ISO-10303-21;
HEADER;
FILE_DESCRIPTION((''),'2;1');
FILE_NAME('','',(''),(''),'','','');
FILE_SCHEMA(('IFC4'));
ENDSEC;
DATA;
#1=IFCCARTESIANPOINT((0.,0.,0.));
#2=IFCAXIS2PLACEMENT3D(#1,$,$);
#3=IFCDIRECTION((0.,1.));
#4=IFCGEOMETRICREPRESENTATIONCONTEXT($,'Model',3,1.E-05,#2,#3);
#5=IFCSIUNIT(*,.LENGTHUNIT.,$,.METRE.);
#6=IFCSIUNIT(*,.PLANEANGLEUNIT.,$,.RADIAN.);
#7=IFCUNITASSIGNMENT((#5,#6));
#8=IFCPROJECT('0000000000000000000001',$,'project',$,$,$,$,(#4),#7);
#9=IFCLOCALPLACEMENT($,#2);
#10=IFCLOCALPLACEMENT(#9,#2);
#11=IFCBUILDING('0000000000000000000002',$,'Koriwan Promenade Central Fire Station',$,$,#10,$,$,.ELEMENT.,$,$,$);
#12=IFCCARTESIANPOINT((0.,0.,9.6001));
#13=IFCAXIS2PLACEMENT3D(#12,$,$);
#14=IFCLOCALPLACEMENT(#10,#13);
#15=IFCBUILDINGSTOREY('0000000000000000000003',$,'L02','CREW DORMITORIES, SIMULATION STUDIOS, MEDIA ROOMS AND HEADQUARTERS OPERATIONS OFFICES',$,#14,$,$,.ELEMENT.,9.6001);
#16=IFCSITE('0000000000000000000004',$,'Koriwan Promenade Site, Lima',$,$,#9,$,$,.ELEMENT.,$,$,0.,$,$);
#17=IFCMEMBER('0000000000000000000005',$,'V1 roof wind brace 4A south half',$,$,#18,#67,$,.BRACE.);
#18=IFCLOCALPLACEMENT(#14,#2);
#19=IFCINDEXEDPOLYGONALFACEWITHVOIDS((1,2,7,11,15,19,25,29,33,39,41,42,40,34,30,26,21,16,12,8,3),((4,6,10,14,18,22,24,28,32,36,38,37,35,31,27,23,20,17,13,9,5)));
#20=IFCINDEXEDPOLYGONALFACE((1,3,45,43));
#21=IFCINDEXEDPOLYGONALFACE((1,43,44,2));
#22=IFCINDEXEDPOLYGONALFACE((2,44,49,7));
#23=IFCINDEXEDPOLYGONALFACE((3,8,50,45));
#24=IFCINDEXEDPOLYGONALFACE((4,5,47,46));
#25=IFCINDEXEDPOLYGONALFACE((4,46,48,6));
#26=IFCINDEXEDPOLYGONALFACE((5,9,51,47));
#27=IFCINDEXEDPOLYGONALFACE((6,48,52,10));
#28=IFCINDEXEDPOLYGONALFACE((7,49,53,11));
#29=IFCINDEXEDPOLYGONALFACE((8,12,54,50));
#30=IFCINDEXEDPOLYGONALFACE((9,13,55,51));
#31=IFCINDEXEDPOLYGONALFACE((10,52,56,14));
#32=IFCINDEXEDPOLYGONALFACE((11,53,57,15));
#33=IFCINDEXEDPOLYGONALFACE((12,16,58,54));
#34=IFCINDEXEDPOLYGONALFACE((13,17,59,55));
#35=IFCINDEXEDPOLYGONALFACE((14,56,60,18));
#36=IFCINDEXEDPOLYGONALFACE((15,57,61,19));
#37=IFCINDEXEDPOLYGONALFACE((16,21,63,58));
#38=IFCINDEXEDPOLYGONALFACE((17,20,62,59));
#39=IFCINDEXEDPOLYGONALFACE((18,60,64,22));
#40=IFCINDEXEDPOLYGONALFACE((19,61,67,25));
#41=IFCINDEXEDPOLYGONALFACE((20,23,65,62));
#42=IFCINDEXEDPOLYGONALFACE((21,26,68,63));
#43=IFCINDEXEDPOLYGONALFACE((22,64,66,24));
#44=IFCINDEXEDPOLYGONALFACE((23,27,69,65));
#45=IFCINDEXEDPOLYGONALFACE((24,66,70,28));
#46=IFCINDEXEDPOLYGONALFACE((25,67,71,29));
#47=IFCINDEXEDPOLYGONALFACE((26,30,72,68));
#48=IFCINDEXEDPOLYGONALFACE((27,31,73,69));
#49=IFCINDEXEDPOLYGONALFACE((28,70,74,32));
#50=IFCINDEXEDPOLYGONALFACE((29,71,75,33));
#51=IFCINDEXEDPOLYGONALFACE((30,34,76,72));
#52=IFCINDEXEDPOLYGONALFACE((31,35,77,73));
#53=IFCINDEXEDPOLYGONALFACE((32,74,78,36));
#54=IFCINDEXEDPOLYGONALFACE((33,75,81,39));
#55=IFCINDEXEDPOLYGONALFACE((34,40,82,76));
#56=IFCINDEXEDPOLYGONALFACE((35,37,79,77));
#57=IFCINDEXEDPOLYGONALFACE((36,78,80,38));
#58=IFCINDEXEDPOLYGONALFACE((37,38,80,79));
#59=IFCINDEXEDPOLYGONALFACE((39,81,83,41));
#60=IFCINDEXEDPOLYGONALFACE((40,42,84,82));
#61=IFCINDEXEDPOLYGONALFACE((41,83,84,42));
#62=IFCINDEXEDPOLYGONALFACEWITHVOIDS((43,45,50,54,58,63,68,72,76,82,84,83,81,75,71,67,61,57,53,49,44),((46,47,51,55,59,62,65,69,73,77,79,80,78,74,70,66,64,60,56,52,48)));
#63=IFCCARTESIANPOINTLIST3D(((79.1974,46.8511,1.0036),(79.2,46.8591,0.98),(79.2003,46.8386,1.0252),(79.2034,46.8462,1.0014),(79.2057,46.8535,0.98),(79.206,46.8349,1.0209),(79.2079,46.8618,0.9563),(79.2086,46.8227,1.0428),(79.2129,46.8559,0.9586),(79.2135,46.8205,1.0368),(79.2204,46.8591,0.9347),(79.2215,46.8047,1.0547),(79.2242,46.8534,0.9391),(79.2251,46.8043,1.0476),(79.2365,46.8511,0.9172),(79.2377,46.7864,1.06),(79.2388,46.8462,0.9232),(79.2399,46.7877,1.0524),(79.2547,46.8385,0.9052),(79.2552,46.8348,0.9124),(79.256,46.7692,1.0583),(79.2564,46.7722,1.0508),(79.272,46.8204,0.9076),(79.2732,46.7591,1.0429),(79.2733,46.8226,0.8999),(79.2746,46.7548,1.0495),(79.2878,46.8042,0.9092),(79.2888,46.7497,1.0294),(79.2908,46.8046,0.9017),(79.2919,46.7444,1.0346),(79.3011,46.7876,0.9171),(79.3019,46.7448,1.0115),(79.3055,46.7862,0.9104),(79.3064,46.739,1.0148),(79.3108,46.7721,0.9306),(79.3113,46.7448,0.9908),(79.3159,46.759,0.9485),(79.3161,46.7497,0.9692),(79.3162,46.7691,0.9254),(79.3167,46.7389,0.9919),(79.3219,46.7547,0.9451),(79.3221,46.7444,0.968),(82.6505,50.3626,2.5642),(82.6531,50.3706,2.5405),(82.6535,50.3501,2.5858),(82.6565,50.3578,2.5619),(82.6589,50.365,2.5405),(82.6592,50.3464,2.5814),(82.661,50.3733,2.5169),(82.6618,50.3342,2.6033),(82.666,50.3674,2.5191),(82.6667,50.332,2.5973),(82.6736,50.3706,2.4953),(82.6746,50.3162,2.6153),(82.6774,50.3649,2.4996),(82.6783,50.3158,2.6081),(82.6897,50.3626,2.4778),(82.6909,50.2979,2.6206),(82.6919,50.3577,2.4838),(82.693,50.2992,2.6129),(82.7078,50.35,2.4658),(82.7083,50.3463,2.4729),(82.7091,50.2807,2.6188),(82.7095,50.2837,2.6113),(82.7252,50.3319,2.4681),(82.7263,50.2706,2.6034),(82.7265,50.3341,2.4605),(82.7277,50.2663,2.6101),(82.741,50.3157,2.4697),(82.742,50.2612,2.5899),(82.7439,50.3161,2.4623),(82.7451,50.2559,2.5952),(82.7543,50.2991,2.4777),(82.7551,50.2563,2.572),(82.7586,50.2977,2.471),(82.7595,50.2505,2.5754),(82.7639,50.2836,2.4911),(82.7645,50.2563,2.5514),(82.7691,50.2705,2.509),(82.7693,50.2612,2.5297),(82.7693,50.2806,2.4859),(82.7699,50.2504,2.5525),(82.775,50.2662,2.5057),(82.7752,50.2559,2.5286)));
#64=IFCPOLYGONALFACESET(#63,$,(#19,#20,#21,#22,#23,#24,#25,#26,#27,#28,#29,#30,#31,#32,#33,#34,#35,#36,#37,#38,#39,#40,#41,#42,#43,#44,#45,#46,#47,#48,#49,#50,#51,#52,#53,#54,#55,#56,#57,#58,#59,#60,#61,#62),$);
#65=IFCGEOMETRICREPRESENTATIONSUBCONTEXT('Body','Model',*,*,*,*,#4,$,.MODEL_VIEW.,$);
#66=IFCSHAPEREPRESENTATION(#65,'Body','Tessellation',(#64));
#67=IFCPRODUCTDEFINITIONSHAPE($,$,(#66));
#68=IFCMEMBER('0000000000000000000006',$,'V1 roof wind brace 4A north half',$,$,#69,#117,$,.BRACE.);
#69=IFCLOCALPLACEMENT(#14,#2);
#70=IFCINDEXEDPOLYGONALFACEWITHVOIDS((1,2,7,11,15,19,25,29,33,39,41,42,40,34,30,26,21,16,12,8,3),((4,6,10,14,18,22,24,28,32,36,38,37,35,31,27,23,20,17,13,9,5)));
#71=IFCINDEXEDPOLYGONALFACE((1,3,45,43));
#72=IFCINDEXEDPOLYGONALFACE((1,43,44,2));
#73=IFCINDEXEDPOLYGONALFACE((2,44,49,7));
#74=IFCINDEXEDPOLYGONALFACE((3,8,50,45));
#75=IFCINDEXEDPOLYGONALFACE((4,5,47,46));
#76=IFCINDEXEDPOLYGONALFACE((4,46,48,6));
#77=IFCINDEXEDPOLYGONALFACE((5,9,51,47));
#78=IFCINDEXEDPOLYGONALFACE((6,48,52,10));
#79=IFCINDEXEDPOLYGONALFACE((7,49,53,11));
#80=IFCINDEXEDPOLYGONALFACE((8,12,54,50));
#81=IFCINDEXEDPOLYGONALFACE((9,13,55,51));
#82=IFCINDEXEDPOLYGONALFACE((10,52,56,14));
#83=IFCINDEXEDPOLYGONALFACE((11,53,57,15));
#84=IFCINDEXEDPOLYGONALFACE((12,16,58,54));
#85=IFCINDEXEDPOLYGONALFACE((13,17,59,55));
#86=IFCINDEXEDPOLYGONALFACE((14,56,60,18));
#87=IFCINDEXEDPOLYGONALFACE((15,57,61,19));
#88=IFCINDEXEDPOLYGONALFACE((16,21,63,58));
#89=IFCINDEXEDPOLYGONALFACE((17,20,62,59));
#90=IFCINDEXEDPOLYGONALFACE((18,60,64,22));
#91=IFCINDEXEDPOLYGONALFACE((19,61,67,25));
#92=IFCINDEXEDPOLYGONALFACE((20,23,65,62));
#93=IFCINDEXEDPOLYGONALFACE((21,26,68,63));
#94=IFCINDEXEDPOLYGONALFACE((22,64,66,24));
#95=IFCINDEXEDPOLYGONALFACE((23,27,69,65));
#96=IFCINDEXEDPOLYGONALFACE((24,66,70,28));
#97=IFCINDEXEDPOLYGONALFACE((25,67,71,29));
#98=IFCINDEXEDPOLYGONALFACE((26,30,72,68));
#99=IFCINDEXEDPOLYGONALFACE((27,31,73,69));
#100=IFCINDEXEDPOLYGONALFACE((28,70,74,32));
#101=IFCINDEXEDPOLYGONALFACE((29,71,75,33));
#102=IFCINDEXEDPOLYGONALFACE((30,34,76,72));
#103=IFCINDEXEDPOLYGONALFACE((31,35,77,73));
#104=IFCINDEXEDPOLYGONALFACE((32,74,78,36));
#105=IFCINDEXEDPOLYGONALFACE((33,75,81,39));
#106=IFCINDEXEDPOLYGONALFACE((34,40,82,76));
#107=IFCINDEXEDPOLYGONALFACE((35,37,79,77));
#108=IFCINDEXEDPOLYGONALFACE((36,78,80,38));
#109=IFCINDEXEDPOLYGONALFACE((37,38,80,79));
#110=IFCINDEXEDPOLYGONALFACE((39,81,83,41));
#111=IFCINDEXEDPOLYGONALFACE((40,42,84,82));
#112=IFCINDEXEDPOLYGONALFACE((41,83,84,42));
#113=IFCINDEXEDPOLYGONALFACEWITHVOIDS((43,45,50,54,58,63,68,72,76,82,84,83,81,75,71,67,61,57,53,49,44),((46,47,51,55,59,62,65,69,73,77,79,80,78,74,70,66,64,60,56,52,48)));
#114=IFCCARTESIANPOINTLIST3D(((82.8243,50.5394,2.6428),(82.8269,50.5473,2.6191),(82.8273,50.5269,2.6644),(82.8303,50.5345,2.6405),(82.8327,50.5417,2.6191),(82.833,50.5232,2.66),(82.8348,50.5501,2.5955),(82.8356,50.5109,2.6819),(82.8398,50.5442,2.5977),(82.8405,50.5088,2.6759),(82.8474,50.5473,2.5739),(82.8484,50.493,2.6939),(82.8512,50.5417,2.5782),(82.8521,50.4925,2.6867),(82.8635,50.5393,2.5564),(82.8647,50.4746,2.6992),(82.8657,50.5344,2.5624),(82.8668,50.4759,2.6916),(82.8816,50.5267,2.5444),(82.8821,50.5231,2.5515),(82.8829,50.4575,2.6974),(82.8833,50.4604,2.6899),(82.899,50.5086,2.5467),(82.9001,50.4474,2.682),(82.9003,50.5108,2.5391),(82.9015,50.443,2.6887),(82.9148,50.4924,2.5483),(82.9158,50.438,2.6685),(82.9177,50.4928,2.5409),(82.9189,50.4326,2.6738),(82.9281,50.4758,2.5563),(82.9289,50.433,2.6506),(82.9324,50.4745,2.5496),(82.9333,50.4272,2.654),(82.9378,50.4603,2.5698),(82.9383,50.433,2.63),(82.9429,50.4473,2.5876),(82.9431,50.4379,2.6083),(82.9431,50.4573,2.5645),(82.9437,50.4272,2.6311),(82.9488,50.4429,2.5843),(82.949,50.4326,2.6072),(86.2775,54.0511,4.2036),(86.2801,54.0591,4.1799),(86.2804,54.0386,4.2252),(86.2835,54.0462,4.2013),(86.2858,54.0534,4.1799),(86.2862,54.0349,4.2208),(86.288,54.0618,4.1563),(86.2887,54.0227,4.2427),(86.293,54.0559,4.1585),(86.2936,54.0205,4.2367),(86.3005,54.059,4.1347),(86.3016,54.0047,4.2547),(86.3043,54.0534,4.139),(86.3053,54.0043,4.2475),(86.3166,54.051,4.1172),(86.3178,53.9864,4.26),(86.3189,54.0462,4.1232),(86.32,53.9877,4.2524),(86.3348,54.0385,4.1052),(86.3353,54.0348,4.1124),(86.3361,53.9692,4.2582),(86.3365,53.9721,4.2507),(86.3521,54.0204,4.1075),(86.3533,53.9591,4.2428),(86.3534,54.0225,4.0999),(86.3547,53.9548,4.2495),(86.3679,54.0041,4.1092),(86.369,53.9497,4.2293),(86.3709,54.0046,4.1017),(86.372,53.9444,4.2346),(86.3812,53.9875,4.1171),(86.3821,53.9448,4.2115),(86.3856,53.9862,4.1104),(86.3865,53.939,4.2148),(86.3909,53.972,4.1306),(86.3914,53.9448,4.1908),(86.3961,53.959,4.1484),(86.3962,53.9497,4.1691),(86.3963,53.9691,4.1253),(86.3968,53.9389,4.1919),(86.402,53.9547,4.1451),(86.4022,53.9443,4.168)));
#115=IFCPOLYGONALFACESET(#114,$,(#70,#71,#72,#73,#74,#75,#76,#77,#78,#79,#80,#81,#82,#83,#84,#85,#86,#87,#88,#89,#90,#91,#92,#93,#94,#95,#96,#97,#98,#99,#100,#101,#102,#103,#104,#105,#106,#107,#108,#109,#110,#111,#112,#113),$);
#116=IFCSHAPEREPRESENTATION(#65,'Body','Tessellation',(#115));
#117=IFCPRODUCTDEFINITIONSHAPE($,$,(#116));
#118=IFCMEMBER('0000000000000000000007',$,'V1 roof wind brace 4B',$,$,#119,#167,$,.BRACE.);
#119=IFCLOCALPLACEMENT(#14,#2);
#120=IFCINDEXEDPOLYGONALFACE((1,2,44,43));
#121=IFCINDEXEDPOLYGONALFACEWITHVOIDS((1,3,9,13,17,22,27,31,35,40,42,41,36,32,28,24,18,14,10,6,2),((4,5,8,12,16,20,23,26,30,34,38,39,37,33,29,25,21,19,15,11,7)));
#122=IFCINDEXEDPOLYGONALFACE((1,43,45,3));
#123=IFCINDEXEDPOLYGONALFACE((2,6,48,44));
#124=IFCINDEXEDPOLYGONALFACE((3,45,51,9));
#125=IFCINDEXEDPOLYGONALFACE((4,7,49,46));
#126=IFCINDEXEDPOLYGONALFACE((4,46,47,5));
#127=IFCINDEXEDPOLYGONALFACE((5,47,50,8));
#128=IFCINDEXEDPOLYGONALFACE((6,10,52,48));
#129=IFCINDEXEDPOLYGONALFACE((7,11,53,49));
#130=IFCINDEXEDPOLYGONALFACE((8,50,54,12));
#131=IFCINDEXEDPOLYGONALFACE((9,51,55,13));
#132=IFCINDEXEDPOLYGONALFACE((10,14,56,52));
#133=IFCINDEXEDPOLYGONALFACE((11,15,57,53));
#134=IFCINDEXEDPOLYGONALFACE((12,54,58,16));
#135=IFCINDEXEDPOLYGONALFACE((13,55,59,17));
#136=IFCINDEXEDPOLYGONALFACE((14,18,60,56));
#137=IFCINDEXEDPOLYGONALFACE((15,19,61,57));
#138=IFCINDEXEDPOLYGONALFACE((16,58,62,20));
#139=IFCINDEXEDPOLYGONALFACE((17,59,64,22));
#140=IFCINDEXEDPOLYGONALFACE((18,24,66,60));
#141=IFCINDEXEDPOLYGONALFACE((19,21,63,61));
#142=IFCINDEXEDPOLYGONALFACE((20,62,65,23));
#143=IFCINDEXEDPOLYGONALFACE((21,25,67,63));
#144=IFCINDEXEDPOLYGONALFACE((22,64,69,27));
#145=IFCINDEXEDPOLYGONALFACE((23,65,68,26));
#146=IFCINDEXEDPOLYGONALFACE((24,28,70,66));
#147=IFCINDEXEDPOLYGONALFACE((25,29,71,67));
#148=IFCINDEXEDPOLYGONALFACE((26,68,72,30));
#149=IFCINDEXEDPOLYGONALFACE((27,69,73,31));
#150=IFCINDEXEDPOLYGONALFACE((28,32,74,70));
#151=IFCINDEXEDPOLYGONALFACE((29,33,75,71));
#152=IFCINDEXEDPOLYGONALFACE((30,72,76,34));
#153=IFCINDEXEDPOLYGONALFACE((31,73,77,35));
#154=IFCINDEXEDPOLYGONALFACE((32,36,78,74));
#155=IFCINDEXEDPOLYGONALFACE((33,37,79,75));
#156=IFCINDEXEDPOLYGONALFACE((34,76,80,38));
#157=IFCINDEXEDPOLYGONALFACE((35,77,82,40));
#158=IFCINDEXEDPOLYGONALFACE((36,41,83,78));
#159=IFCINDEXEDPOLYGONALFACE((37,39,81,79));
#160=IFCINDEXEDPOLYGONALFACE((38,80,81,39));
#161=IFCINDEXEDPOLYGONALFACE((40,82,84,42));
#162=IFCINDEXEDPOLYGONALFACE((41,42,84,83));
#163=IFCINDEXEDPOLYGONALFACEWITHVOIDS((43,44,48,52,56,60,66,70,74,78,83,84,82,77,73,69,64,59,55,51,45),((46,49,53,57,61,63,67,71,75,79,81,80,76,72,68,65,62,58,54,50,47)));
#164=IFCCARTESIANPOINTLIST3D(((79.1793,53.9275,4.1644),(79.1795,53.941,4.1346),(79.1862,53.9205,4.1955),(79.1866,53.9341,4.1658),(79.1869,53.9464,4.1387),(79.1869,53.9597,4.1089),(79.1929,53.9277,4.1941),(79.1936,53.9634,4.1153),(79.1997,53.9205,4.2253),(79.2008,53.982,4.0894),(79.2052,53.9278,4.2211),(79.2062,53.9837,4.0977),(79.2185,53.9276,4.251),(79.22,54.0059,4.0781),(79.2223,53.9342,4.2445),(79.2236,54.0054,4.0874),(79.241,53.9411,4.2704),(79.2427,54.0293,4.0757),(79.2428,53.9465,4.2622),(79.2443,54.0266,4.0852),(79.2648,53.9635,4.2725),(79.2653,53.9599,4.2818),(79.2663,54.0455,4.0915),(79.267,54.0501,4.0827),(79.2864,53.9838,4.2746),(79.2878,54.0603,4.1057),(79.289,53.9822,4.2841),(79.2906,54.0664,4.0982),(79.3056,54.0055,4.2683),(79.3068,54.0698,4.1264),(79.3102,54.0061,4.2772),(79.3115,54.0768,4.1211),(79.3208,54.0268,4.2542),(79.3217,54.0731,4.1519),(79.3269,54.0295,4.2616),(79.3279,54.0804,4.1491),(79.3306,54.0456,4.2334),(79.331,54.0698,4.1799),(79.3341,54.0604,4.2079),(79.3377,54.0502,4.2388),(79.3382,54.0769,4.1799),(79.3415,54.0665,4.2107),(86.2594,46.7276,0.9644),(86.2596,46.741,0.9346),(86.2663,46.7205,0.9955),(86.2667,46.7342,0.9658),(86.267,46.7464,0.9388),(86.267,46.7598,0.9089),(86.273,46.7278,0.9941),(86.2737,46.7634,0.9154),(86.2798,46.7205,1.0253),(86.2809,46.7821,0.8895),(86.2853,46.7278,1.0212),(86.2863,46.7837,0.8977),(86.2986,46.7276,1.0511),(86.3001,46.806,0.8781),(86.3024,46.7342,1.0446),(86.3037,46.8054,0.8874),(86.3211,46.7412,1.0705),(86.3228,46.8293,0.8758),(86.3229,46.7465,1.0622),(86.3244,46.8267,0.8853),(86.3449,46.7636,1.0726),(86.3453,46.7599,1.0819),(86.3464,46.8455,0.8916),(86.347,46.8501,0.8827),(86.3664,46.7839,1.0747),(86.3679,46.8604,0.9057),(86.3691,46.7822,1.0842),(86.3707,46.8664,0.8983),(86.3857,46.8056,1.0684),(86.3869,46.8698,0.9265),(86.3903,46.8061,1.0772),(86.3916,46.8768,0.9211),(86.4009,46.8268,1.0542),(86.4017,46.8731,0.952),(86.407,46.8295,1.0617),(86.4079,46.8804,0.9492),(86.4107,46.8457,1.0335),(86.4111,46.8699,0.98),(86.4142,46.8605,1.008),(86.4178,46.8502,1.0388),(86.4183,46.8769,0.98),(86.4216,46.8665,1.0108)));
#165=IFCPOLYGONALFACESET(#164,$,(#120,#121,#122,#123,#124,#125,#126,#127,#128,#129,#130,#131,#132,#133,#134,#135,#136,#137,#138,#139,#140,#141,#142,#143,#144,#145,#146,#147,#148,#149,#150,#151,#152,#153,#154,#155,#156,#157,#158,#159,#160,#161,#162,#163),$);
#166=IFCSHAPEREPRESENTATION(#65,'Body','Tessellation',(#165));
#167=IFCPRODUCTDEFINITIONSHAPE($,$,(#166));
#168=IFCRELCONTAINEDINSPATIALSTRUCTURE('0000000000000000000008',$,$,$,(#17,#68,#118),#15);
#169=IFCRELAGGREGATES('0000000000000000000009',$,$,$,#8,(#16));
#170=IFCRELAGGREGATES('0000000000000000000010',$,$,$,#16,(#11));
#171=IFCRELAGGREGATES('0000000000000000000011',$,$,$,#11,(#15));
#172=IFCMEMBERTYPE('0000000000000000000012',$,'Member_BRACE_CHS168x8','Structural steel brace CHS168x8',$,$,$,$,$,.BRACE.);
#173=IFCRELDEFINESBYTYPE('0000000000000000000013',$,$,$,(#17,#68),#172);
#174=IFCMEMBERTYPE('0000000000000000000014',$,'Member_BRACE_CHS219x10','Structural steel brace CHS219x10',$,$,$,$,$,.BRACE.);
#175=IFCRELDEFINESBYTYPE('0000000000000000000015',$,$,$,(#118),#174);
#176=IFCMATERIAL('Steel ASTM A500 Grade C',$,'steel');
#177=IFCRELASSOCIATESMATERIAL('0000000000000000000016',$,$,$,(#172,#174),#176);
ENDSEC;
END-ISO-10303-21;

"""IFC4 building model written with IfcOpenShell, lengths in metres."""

from ifc_helpers import new_model, si_unit, direction, frame, origin, origin_2d, place, context, subcontext, project, spatial, hollow_circle, extrude, material, material_profile, profile_set, type_object, element, save


model = new_model("IFC4")

# Units and contexts
model_context = context("Model", 3, precision=1e-05, world=origin(), true_north=direction((0.0, 1.0)))
body_context = subcontext(model_context, "Body", "Model", "MODEL_VIEW")
ifc_project = project(units=[si_unit("LENGTHUNIT", "METRE"), si_unit("PLANEANGLEUNIT", "RADIAN")], contexts=[model_context])

# Site, building, storey
site_placement = place(None, origin())
site = spatial("IfcSite", under=ifc_project, at=site_placement, Name="Koriwan Promenade Site, Lima", CompositionType="ELEMENT", RefElevation=0.0)
building_placement = place(site_placement, origin())
building = spatial("IfcBuilding", under=site, at=building_placement, Name="Koriwan Promenade Central Fire Station", CompositionType="ELEMENT")
storey_placement = place(building_placement, frame((0.0, 0.0, 9.6001)))
storey = spatial("IfcBuildingStorey", under=building, at=storey_placement, Name="L02", Description="CREW DORMITORIES, SIMULATION STUDIOS, MEDIA ROOMS AND HEADQUARTERS OPERATIONS OFFICES", CompositionType="ELEMENT", Elevation=9.6001)

# Members
ifc_material_1 = material(Name="Steel ASTM A500 Grade C", Category="steel")
ifc_material_profile_1 = material_profile(ifc_material_1, hollow_circle(Radius=0.0842, WallThickness=0.0081, at=origin_2d()), Name="CHS168x8")
ifc_profile_set_1 = profile_set([ifc_material_profile_1], Name="Steel ASTM A500 Grade C")
member_type_1 = type_object("IfcMemberType", Name="Member_BRACE_CHS168x8", Description="Structural steel brace CHS168x8", PredefinedType="BRACE", material=ifc_profile_set_1)
member_1_placement = place(storey_placement, frame((79.26, 46.8, 0.98), z_axis=(0.668405, 0.679699, 0.302067), x_axis=(-0.713006, 0.701158, 0.0)))
element("IfcMember", 1, at=member_1_placement, inside=storey, type_object=member_type_1, Name="V1 roof wind brace 4A south half", PredefinedType="BRACE", context=body_context, shape_type="SweptSolid", body=[
    extrude(hollow_circle(Radius=0.0842, WallThickness=0.0081, at=origin_2d()), origin(), (0.0, 0.0, 1.0), 5.1663),
])
member_2_placement = place(storey_placement, frame((82.887, 50.4883, 2.6191), z_axis=(0.668374, 0.679715, 0.302101), x_axis=(-0.71303, 0.701133, 0.0)))
element("IfcMember", 2, at=member_2_placement, inside=storey, type_object=member_type_1, Name="V1 roof wind brace 4A north half", PredefinedType="BRACE", context=body_context, shape_type="SweptSolid", body=[
    extrude(hollow_circle(Radius=0.0842, WallThickness=0.0081, at=origin_2d()), origin(), (0.0, 0.0, 1.0), 5.1665),
])
ifc_material_profile_2 = material_profile(ifc_material_1, hollow_circle(Radius=0.1096, WallThickness=0.01, at=origin_2d()), Name="CHS219x10")
ifc_profile_set_2 = profile_set([ifc_material_profile_2], Name="Steel ASTM A500 Grade C")
member_type_2 = type_object("IfcMemberType", Name="Member_BRACE_CHS219x10", Description="Structural steel brace CHS219x10", PredefinedType="BRACE", material=ifc_profile_set_2)
member_3_placement = place(storey_placement, frame((79.26, 54.0, 4.1799), z_axis=(0.668389, -0.679705, -0.302089), x_axis=(0.713017, 0.701146, 0.0)))
element("IfcMember", 3, at=member_3_placement, inside=storey, type_object=member_type_2, Name="V1 roof wind brace 4B", PredefinedType="BRACE", context=body_context, shape_type="SweptSolid", body=[
    extrude(hollow_circle(Radius=0.1096, WallThickness=0.01, at=origin_2d()), origin(), (0.0, 0.0, 1.0), 10.5928),
])

save(model, "model.ifc")
